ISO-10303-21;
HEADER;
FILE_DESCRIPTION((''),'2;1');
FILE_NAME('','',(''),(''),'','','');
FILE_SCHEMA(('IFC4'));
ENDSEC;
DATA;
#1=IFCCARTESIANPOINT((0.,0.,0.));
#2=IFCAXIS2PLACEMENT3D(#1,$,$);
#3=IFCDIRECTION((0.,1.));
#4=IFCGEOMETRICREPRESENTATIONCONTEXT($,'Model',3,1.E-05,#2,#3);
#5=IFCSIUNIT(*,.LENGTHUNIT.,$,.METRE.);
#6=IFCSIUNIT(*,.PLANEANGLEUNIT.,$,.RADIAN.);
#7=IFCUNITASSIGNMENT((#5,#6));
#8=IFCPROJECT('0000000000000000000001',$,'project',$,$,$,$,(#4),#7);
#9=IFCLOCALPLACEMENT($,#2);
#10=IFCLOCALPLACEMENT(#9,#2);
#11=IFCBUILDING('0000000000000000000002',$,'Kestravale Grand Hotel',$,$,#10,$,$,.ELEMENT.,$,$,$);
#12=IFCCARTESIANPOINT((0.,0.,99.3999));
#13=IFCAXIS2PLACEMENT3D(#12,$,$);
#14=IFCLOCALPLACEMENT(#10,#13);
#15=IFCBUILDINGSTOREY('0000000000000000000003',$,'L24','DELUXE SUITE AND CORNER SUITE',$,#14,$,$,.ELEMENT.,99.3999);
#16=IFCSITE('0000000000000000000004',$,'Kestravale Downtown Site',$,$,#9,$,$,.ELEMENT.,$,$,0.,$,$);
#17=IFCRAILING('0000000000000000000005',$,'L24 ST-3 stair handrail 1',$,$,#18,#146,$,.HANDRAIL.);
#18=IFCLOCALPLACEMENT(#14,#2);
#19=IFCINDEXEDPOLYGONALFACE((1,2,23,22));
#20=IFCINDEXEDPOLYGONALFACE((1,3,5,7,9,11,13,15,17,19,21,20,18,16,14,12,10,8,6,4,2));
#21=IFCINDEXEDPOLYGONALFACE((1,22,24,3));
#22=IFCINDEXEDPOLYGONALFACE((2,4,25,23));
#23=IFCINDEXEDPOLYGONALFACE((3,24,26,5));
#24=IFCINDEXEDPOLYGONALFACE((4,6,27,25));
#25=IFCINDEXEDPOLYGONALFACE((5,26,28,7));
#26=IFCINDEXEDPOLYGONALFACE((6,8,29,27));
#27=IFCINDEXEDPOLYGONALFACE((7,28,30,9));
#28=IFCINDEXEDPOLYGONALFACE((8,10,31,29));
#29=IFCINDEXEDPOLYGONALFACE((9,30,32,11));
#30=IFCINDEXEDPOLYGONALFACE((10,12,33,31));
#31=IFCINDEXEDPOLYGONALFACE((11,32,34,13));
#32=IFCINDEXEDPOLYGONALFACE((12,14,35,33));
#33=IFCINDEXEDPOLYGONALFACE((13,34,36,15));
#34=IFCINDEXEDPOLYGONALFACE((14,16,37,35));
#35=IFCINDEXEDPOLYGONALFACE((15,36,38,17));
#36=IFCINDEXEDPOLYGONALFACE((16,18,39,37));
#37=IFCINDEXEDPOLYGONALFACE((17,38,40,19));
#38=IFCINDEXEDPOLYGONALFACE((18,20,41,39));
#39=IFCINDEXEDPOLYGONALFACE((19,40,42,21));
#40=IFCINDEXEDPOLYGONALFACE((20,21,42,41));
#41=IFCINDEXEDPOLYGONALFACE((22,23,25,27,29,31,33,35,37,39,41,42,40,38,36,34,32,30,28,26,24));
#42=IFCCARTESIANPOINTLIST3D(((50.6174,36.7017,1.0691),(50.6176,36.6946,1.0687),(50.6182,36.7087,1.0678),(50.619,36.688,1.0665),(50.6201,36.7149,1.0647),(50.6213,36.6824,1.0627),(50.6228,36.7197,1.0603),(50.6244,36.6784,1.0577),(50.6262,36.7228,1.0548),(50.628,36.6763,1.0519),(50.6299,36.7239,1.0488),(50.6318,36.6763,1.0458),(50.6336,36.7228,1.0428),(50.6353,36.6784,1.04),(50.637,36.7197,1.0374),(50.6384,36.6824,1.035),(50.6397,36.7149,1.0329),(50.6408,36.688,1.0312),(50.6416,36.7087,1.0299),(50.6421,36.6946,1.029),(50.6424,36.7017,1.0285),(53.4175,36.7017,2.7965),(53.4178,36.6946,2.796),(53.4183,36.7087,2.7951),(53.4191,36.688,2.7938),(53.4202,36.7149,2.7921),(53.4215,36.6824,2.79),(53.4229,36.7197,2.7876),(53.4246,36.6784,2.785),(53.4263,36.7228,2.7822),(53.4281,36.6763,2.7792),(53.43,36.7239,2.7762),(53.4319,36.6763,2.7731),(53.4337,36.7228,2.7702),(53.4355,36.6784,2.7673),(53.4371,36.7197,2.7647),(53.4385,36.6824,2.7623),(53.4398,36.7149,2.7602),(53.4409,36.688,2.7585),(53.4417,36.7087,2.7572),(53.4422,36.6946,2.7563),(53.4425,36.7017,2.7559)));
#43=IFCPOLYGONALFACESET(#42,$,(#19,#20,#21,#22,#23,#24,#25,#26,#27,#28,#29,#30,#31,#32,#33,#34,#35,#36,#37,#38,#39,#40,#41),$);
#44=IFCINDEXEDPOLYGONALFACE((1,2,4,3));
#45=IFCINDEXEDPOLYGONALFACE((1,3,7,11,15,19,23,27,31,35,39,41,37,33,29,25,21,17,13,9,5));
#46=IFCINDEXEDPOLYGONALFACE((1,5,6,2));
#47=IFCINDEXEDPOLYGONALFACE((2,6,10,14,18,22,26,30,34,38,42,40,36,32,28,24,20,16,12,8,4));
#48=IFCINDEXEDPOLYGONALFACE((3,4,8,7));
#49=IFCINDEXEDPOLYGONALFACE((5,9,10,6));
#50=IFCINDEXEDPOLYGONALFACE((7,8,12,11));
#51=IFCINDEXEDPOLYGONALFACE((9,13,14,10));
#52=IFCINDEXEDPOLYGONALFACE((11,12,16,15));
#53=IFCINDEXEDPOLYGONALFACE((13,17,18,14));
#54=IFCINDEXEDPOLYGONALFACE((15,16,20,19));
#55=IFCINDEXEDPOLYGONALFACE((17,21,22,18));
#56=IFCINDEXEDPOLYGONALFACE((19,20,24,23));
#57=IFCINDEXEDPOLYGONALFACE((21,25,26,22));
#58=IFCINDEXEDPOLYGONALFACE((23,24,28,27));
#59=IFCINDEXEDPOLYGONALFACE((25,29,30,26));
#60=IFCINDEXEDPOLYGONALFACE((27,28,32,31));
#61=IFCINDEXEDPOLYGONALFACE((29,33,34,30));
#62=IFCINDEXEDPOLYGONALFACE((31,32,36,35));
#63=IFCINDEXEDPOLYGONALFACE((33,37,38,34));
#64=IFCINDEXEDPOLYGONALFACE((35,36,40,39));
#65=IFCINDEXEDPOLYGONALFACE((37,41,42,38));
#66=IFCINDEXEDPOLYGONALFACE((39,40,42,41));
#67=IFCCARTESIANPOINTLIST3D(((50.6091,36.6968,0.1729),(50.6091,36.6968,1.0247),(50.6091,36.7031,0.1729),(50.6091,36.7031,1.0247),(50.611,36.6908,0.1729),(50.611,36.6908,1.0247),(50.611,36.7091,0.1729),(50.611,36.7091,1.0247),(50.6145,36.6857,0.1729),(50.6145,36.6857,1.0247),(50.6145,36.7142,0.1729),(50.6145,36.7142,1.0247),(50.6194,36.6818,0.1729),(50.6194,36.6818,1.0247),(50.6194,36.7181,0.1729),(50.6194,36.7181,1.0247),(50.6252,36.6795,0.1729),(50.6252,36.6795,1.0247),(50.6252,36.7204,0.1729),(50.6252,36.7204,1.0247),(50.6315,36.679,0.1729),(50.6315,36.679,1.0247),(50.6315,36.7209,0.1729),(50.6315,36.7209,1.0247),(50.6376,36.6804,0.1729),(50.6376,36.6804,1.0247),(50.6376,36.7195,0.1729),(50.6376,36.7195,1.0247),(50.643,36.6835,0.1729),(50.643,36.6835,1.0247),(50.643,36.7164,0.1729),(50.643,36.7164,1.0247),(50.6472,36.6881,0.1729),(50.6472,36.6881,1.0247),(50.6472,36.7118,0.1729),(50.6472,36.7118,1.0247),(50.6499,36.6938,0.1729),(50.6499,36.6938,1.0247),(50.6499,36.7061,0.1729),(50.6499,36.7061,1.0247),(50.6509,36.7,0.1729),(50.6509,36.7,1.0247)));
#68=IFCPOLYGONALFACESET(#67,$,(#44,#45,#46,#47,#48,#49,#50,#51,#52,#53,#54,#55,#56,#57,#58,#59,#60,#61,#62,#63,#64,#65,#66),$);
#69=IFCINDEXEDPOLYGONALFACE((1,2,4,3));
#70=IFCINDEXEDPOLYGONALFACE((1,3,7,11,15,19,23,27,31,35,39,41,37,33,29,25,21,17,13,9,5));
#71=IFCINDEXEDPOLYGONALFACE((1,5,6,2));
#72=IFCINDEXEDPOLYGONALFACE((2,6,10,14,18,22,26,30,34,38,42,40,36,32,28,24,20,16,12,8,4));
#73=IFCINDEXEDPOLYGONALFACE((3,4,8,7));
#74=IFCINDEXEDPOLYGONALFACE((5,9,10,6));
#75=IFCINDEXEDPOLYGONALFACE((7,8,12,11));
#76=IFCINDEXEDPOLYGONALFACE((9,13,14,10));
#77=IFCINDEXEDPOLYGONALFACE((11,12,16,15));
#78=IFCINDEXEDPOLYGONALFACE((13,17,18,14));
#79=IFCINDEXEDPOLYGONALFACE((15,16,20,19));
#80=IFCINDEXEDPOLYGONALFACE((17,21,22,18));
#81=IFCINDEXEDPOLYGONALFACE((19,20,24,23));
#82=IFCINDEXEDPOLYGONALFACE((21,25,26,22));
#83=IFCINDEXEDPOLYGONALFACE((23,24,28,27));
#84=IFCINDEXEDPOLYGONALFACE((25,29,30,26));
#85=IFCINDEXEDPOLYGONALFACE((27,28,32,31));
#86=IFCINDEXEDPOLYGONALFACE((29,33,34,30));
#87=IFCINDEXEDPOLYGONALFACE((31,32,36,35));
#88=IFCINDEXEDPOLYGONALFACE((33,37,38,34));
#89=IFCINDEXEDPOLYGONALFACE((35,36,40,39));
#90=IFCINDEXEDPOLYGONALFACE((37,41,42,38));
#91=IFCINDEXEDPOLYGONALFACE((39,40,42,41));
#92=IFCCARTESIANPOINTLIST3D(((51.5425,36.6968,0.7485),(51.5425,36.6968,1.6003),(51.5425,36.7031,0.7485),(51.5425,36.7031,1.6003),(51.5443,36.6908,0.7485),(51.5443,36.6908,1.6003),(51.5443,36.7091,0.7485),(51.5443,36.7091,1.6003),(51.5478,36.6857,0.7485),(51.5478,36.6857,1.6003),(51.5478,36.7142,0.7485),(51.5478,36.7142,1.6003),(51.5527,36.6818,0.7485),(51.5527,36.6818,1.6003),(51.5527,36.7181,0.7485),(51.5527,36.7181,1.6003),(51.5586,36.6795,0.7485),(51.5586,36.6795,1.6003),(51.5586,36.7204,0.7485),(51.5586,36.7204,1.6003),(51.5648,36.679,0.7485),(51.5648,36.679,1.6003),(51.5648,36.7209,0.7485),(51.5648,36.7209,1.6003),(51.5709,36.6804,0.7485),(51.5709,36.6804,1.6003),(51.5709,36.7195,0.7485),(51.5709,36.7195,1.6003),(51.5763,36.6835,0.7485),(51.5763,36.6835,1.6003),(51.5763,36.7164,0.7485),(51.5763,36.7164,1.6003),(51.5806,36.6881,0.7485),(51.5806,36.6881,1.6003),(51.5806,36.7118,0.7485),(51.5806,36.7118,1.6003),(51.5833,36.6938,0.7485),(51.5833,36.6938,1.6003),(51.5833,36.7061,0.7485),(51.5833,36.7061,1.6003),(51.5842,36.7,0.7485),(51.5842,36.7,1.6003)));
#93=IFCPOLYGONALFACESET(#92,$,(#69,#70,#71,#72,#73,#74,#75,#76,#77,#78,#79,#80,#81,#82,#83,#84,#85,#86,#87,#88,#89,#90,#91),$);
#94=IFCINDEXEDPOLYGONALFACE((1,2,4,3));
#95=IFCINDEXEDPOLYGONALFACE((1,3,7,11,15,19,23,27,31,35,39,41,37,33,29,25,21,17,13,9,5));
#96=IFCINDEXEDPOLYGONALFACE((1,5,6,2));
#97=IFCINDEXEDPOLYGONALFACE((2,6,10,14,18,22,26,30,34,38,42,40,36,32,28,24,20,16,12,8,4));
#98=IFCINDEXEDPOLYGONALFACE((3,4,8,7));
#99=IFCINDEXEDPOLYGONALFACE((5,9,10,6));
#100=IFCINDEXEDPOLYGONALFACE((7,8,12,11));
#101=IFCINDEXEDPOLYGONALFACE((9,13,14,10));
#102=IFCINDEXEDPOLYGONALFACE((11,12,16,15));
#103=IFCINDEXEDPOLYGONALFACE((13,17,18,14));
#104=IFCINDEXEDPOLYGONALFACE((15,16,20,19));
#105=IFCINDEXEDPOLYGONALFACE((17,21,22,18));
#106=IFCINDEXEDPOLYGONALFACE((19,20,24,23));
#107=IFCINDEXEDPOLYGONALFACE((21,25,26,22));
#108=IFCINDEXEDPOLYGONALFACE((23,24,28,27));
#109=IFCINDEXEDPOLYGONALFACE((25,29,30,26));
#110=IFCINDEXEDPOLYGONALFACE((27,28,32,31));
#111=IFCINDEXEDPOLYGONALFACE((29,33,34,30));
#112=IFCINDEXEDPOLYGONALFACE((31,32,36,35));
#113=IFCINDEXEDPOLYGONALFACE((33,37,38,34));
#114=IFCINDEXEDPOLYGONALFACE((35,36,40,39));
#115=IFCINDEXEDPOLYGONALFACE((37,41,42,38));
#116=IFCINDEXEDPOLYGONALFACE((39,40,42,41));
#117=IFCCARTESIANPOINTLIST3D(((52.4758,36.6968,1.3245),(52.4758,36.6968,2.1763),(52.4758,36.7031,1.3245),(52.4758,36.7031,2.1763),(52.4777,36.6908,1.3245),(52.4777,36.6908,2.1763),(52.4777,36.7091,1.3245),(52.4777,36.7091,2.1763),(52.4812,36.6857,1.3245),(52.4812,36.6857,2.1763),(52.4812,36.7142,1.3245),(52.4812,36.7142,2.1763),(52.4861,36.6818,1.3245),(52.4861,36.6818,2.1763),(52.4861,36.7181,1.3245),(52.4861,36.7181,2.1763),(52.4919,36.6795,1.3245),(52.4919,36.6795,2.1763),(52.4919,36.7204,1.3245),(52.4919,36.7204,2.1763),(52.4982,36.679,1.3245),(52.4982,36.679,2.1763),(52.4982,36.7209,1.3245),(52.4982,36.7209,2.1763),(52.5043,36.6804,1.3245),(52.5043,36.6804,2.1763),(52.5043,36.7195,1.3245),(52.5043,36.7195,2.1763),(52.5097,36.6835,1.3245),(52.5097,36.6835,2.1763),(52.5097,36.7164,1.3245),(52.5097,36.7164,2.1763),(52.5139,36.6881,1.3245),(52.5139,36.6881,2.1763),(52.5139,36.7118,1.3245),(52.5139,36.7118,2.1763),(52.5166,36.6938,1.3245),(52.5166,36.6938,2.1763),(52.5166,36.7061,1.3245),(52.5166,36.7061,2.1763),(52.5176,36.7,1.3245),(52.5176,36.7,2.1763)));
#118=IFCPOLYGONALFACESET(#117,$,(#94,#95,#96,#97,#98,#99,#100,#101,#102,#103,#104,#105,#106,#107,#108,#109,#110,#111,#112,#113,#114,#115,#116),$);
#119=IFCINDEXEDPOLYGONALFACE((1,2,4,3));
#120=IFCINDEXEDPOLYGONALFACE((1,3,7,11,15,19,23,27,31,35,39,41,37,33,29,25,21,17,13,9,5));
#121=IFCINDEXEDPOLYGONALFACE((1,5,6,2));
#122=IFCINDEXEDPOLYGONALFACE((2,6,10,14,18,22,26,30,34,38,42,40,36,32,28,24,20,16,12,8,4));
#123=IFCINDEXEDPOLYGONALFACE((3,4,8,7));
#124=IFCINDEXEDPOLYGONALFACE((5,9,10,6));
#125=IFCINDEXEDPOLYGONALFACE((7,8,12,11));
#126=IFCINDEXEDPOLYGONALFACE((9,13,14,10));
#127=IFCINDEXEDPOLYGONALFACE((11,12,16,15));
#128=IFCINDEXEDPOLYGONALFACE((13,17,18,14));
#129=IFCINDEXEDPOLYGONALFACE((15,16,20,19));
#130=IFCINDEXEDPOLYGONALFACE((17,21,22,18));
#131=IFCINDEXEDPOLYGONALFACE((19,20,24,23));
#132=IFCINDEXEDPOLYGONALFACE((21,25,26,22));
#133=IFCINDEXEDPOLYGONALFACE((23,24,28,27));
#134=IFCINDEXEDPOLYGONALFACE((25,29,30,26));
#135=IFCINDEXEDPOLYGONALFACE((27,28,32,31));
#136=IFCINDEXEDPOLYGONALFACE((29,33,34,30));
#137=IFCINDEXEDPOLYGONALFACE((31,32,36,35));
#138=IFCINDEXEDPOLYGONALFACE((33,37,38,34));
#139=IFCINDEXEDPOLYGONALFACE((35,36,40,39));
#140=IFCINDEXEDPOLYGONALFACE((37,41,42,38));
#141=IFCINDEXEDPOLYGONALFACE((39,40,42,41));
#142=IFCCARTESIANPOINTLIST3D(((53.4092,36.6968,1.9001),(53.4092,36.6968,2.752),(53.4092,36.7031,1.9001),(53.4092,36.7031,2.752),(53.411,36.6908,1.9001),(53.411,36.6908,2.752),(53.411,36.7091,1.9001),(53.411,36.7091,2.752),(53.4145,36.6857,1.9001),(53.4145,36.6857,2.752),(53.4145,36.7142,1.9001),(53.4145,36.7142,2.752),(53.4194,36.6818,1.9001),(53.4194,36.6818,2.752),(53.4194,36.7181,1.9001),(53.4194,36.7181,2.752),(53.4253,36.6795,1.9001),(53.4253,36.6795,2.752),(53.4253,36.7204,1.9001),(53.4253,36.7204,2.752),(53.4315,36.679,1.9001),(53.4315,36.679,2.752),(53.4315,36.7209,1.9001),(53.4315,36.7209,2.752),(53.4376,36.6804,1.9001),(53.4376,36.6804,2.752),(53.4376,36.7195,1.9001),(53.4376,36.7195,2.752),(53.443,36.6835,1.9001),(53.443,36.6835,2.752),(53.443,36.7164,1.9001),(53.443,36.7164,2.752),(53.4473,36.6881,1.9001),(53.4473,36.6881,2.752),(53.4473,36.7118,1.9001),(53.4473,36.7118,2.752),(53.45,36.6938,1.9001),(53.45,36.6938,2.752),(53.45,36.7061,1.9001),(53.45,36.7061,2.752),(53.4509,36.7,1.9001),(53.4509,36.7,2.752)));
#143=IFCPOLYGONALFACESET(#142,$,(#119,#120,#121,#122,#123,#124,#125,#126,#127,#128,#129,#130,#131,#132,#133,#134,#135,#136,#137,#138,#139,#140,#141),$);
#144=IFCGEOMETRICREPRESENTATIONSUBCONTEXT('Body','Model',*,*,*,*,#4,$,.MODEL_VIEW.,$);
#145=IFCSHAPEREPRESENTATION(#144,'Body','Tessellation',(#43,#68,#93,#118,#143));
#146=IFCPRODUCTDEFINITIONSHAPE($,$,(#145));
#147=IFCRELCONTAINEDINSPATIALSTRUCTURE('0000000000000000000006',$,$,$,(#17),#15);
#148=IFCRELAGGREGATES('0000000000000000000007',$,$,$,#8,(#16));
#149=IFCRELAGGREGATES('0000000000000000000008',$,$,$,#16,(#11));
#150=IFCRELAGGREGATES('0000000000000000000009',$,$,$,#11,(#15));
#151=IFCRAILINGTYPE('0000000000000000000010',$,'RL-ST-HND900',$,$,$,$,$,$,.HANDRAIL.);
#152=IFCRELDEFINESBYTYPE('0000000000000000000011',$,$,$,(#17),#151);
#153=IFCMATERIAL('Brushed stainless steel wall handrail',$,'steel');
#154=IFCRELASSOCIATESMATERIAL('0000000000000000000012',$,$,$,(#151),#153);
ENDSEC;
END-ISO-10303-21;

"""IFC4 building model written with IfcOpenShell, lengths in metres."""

from ifc_helpers import new_model, si_unit, direction, frame, origin, origin_2d, place, context, subcontext, project, spatial, circle, extrude, material, type_object, element, save


model = new_model("IFC4")

# Units and contexts
model_context = context("Model", 3, precision=1e-05, world=origin(), true_north=direction((0.0, 1.0)))
body_context = subcontext(model_context, "Body", "Model", "MODEL_VIEW")
ifc_project = project(units=[si_unit("LENGTHUNIT", "METRE"), si_unit("PLANEANGLEUNIT", "RADIAN")], contexts=[model_context])

# Site, building, storey
site_placement = place(None, origin())
site = spatial("IfcSite", under=ifc_project, at=site_placement, Name="Kestravale Downtown Site", CompositionType="ELEMENT", RefElevation=0.0)
building_placement = place(site_placement, origin())
building = spatial("IfcBuilding", under=site, at=building_placement, Name="Kestravale Grand Hotel", CompositionType="ELEMENT")
storey_placement = place(building_placement, frame((0.0, 0.0, 99.3999)))
storey = spatial("IfcBuildingStorey", under=building, at=storey_placement, Name="L24", Description="DELUXE SUITE AND CORNER SUITE", CompositionType="ELEMENT", Elevation=99.3999)

# Railing
ifc_material_1 = material(Name="Brushed stainless steel wall handrail", Category="steel")
railing_type_1 = type_object("IfcRailingType", Name="RL-ST-HND900", PredefinedType="HANDRAIL", material=ifc_material_1)
railing_1_placement = place(storey_placement, frame((50.6299, 36.7, 0.1729)))
element("IfcRailing", 1, at=railing_1_placement, inside=storey, type_object=railing_type_1, Name="L24 ST-3 stair handrail 1", PredefinedType="HANDRAIL", context=body_context, shape_type="SweptSolid", body=[
    extrude(circle(Radius=0.0239, at=origin_2d()), frame((0.0, 0.0, 0.876), z_axis=(0.85109, 0.0, 0.52502), x_axis=(0.0, 1.0, 0.0)), (0.0, 0.0, 1.0), 3.29),
    extrude(circle(Radius=0.021, at=origin_2d()), origin(), (0.0, 0.0, 1.0), 0.8518),
    extrude(circle(Radius=0.021, at=origin_2d()), frame((0.9333, 0.0, 0.5757)), (0.0, 0.0, 1.0), 0.8518),
    extrude(circle(Radius=0.021, at=origin_2d()), frame((1.8667, 0.0, 1.1516)), (0.0, 0.0, 1.0), 0.8518),
    extrude(circle(Radius=0.021, at=origin_2d()), frame((2.8, 0.0, 1.7273)), (0.0, 0.0, 1.0), 0.8518),
])

save(model, "model.ifc")
